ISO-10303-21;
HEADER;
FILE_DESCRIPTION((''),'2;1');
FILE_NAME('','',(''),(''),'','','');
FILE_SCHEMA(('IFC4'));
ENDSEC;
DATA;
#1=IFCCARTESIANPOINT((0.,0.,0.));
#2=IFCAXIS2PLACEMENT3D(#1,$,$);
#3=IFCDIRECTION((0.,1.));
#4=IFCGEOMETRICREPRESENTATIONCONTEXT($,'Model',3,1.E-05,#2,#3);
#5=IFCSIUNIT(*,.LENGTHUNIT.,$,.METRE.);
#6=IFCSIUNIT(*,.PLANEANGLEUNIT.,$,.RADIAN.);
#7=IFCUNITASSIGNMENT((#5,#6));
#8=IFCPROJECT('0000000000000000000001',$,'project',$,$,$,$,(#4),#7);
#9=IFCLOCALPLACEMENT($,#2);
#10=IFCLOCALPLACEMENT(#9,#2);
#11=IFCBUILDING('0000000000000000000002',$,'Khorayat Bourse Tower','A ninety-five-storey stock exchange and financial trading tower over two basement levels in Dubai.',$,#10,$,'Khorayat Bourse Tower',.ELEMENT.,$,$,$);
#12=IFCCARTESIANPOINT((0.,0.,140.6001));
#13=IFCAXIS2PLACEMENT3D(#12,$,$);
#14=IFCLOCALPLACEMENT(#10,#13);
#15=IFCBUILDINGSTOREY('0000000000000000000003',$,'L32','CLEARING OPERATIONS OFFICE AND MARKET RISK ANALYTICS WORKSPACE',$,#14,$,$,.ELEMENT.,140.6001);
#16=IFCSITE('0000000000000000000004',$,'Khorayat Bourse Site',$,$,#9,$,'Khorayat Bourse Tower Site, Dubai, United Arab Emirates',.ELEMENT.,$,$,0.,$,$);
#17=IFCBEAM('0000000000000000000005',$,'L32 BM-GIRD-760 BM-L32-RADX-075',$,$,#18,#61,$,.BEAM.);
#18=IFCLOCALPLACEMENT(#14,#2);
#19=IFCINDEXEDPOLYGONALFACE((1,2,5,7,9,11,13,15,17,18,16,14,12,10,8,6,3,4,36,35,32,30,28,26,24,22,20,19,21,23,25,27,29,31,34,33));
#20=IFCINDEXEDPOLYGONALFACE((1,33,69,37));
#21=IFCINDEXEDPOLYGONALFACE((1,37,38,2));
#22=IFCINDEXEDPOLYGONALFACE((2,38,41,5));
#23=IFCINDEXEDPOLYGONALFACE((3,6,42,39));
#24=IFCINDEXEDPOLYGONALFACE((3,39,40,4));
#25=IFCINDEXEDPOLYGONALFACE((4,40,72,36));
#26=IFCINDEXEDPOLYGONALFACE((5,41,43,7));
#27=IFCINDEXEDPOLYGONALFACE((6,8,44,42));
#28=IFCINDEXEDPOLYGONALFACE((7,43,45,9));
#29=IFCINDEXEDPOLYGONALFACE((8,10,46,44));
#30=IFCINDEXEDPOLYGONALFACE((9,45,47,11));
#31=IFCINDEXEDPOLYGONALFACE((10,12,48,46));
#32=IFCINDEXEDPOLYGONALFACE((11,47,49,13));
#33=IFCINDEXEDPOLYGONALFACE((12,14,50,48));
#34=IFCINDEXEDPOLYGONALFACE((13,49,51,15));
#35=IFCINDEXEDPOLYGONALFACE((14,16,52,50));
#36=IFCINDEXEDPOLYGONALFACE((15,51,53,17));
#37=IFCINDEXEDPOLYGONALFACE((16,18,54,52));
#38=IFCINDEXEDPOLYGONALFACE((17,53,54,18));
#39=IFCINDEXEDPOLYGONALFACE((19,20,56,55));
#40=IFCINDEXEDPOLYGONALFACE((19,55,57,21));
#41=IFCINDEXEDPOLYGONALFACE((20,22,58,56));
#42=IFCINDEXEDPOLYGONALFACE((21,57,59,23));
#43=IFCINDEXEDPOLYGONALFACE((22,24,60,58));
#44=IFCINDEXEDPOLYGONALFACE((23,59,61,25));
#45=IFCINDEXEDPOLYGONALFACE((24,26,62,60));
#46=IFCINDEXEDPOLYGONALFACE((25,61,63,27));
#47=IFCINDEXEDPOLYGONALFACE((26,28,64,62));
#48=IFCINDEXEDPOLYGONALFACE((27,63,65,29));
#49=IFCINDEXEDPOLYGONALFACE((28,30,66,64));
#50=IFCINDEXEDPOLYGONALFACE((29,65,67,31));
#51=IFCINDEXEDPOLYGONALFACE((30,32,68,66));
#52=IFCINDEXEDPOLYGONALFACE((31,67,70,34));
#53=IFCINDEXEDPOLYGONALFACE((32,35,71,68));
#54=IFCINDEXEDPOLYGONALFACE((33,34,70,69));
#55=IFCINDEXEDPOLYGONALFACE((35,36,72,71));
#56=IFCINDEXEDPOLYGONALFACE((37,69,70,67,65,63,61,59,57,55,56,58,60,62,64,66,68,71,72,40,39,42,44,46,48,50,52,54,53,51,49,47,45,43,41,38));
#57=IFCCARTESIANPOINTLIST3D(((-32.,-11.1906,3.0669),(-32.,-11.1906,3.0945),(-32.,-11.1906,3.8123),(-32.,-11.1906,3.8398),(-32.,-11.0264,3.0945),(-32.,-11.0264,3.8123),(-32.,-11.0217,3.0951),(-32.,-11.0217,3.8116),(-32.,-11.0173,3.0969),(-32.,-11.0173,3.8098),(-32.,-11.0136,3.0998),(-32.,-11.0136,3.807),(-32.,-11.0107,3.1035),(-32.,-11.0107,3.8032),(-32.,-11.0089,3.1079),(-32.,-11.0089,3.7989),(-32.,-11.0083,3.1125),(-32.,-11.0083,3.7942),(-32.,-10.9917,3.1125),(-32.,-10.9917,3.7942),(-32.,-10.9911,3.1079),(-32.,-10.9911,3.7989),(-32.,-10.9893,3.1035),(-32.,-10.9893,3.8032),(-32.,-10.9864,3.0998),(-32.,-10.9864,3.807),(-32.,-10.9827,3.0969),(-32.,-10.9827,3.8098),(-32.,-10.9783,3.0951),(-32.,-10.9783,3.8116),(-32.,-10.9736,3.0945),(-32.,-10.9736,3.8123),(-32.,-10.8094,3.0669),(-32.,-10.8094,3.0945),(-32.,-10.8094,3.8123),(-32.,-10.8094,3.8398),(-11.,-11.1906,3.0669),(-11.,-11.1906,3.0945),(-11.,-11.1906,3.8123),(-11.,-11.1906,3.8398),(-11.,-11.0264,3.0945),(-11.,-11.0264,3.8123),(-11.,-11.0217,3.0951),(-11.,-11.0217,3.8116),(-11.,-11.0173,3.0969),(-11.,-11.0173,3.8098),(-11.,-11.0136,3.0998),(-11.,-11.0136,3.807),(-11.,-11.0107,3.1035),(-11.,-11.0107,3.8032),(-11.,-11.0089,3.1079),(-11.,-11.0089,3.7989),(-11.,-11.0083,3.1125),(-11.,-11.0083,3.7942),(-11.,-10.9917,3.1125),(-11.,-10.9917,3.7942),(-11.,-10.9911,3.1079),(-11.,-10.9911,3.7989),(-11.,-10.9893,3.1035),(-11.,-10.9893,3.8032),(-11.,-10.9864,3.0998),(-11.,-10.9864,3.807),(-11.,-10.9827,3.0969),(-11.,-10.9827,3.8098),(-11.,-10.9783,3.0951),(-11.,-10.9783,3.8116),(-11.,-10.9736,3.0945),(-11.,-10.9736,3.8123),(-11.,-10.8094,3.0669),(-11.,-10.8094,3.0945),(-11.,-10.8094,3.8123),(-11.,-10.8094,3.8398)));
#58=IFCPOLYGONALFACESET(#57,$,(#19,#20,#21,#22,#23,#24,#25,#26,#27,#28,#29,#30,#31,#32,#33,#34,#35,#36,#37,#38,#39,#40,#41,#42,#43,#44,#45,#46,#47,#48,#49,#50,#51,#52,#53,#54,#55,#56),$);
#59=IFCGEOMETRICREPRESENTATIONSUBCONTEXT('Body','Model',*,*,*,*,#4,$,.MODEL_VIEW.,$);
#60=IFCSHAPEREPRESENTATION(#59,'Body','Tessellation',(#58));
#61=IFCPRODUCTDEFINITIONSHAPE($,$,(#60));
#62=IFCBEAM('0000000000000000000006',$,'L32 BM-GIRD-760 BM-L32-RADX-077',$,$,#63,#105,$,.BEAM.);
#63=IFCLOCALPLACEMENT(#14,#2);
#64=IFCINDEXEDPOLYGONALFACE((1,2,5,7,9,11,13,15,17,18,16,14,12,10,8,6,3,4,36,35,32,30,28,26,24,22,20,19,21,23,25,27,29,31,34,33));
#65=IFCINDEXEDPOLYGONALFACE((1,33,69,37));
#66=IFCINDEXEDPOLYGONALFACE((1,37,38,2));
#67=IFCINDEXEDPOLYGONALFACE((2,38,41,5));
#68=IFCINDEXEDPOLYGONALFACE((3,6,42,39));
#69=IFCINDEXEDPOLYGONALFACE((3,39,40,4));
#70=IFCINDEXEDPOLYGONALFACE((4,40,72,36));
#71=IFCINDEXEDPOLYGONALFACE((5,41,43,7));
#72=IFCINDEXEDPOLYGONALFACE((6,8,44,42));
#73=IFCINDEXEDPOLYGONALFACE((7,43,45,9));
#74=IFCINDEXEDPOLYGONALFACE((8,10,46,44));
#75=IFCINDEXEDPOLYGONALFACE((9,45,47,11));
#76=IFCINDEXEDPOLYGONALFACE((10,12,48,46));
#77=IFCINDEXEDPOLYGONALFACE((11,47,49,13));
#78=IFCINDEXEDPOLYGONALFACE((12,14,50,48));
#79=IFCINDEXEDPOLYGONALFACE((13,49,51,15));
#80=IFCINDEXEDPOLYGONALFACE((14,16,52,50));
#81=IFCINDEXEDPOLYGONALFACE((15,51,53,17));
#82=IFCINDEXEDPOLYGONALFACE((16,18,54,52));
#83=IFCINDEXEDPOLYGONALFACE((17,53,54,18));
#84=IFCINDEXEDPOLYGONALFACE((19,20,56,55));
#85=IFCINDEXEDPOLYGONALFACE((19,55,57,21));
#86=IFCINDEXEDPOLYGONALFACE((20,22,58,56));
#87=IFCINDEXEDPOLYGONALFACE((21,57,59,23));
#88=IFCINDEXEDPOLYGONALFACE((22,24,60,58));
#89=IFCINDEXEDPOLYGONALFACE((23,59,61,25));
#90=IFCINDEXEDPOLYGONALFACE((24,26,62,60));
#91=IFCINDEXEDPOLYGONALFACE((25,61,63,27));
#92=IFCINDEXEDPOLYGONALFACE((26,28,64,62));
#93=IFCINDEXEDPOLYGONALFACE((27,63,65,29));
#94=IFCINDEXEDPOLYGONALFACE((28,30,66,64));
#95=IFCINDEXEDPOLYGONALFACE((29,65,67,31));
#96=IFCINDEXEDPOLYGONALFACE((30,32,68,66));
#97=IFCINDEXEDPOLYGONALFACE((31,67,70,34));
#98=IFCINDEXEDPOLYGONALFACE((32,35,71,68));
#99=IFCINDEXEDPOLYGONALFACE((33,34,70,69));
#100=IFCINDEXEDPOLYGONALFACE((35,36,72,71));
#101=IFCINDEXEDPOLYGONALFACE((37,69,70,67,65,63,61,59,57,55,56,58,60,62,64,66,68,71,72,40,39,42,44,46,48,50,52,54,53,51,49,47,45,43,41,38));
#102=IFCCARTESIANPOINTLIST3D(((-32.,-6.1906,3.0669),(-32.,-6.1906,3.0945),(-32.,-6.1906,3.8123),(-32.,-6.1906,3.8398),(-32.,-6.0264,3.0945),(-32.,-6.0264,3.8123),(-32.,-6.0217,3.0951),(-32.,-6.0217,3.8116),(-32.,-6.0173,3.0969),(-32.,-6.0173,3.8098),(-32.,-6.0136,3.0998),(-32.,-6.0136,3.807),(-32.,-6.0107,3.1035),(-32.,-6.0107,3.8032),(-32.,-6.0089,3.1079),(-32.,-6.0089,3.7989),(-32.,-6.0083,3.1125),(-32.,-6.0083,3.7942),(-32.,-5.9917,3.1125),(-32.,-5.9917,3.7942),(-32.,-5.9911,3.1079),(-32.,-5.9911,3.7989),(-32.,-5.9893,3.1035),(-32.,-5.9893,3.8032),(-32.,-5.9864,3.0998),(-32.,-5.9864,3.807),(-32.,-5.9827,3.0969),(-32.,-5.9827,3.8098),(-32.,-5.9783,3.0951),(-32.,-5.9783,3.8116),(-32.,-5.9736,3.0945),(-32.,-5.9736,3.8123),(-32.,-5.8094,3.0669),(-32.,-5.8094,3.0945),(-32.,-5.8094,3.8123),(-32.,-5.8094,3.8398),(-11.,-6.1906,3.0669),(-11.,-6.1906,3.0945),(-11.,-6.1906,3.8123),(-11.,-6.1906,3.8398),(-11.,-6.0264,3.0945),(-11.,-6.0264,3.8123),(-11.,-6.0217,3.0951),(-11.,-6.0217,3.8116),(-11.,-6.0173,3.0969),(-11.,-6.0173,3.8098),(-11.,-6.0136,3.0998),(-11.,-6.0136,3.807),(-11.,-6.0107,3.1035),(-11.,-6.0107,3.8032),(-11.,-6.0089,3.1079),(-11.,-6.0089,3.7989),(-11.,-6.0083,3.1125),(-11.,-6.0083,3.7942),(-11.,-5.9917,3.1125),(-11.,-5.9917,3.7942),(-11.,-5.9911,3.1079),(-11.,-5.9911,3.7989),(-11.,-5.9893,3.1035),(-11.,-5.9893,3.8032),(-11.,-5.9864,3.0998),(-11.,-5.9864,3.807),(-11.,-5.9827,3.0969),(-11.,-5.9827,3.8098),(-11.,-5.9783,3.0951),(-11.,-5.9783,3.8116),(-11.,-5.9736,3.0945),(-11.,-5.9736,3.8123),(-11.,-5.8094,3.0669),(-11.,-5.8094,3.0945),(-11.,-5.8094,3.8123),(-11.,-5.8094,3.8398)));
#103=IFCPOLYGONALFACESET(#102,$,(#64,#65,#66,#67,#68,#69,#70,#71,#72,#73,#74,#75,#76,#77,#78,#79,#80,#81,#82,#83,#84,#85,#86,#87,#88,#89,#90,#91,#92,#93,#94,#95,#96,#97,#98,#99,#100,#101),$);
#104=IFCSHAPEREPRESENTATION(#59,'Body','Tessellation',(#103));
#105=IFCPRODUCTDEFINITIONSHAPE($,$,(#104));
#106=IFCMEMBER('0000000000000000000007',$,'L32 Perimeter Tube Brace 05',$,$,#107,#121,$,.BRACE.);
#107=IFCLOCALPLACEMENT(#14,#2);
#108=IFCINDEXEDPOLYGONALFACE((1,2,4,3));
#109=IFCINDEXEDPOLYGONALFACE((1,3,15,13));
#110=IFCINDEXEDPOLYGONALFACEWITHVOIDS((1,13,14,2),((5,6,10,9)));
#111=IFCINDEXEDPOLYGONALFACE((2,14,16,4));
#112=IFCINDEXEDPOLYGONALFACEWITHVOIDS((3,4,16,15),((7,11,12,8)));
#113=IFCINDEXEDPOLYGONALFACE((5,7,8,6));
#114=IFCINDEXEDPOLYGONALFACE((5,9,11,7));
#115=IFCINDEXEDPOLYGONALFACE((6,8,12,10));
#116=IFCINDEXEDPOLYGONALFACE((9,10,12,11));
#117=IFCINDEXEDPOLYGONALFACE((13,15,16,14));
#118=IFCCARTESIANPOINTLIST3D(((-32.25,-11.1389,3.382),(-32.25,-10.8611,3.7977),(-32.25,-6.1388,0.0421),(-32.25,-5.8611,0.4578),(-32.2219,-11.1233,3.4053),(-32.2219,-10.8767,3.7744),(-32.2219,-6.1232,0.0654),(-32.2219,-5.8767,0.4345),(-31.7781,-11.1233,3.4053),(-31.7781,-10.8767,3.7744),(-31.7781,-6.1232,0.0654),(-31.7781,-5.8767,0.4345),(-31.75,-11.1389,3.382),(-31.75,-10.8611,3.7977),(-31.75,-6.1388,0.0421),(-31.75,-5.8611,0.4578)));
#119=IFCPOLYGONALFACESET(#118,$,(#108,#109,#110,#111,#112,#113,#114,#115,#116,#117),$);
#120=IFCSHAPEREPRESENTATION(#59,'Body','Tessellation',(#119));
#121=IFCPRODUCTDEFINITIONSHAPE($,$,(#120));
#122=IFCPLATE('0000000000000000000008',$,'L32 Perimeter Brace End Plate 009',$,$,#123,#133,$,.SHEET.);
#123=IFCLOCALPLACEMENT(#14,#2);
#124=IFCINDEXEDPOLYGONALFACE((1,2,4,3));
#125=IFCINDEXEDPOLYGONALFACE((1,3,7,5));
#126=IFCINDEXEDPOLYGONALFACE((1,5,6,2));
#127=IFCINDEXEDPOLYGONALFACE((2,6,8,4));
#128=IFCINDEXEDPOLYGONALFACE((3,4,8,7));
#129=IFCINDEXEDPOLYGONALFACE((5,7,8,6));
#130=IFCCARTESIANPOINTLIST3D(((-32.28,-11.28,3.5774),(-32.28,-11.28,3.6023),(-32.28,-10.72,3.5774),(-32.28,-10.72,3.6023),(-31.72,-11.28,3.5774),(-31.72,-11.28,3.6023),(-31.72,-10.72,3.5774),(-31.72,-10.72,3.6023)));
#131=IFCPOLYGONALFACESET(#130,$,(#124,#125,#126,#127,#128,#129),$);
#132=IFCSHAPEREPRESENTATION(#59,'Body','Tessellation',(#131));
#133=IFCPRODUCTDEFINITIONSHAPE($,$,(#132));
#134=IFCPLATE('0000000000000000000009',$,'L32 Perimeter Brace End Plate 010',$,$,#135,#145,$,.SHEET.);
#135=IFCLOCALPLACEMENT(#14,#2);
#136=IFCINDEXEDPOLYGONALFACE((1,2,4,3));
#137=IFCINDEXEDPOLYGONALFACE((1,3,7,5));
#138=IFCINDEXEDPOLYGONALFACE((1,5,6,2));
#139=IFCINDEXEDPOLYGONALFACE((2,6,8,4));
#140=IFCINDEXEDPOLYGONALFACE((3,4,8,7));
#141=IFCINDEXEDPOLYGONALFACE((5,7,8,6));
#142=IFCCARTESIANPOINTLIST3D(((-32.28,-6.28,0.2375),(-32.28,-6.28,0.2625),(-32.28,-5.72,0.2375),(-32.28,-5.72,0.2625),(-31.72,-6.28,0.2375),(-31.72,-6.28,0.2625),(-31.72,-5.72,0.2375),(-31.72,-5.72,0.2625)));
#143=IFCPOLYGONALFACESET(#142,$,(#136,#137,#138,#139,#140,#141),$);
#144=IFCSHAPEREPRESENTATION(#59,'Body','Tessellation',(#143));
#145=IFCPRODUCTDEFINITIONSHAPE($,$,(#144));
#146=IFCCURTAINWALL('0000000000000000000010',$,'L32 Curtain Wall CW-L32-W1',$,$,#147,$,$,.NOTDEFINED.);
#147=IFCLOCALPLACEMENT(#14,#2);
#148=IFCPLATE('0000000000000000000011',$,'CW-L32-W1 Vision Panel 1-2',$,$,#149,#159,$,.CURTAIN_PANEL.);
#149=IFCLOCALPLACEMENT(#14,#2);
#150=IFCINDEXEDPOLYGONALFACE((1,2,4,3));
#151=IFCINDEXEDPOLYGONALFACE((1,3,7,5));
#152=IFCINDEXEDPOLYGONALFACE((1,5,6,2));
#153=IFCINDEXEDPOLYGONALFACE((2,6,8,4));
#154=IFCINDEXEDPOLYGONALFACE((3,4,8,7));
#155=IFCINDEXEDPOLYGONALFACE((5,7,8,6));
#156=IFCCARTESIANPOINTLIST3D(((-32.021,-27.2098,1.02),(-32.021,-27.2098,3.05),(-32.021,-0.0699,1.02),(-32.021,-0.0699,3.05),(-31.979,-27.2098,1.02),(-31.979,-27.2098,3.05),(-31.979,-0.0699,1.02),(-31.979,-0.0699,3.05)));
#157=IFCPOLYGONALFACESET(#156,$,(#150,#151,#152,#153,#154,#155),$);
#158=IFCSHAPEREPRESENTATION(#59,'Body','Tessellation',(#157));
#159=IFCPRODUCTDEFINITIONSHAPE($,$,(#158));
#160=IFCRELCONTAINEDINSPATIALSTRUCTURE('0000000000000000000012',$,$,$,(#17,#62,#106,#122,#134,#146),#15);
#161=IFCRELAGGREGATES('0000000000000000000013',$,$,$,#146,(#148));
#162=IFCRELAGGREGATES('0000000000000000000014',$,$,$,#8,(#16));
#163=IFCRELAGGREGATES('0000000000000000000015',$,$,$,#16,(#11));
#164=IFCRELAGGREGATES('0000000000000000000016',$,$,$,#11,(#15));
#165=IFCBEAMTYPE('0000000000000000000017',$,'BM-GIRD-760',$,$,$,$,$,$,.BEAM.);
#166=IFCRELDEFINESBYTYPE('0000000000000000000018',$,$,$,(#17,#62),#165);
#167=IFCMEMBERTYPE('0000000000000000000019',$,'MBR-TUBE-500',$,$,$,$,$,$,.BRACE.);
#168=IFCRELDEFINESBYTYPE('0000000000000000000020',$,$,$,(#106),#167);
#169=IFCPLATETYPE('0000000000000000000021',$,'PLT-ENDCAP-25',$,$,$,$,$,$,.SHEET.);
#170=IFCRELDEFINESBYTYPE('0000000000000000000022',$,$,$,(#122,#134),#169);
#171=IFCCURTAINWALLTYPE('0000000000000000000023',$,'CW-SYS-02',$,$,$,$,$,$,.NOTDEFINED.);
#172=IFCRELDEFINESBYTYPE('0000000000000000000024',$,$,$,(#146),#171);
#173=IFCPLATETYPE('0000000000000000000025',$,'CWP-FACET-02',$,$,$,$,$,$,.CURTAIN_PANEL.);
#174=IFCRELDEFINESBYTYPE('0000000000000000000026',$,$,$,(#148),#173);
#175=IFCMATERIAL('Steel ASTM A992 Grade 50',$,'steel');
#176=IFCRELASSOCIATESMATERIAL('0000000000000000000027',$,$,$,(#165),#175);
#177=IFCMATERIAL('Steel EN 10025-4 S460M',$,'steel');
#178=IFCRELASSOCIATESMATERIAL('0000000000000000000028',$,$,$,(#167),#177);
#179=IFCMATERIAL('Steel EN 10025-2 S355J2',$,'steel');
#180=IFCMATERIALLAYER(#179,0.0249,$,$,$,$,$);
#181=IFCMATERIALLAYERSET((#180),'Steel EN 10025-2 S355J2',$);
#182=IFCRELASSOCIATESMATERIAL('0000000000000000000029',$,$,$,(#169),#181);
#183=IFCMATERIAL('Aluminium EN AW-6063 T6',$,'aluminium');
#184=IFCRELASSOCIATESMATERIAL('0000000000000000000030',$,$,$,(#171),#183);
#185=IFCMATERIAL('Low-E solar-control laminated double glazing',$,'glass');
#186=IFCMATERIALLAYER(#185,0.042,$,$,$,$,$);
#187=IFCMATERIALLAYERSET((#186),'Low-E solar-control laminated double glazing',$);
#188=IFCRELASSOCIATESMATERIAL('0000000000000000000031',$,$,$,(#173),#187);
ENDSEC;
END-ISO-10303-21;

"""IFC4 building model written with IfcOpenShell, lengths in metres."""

from ifc_helpers import new_model, si_unit, direction, frame, origin, origin_2d, place, context, subcontext, project, spatial, rectangle, hollow_rectangle, i_section, extrude, source, transform, mapped, material, layer, layer_set, material_profile, profile_set, type_object, element, aggregate, save


model = new_model("IFC4")

# Units and contexts
model_context = context("Model", 3, precision=1e-05, world=origin(), true_north=direction((0.0, 1.0)))
body_context = subcontext(model_context, "Body", "Model", "MODEL_VIEW")
ifc_project = project(units=[si_unit("LENGTHUNIT", "METRE"), si_unit("PLANEANGLEUNIT", "RADIAN")], contexts=[model_context])

# Site, building, storey
site_placement = place(None, origin())
site = spatial("IfcSite", under=ifc_project, at=site_placement, Name="Khorayat Bourse Site", LongName="Khorayat Bourse Tower Site, Dubai, United Arab Emirates", CompositionType="ELEMENT", RefElevation=0.0)
building_placement = place(site_placement, origin())
building = spatial("IfcBuilding", under=site, at=building_placement, Name="Khorayat Bourse Tower", Description="A ninety-five-storey stock exchange and financial trading tower over two basement levels in Dubai.", LongName="Khorayat Bourse Tower", CompositionType="ELEMENT")
storey_placement = place(building_placement, frame((0.0, 0.0, 140.6001)))
storey = spatial("IfcBuildingStorey", under=building, at=storey_placement, Name="L32", Description="CLEARING OPERATIONS OFFICE AND MARKET RISK ANALYTICS WORKSPACE", CompositionType="ELEMENT", Elevation=140.6001)

# Shared definitions
ifc_material_1 = material(Name="Steel EN 10025-4 S460M", Category="steel")

# Beams
ifc_material_2 = material(Name="Steel ASTM A992 Grade 50", Category="steel")
ifc_material_profile_1 = material_profile(ifc_material_2, i_section(OverallWidth=0.3811, OverallDepth=0.7729, WebThickness=0.0166, FlangeThickness=0.0276, FilletRadius=0.0181, at=origin_2d()), Name="W760X257")
ifc_profile_set_1 = profile_set([ifc_material_profile_1], Name="Steel ASTM A992 Grade 50")
beam_type_1 = type_object("IfcBeamType", Name="BM-GIRD-760", PredefinedType="BEAM", material=ifc_profile_set_1)
shared_shape_1 = source(origin(), body_context, "Body", "SweptSolid", [
    extrude(i_section(OverallWidth=0.3811, OverallDepth=0.7729, WebThickness=0.0166, FlangeThickness=0.0276, FilletRadius=0.0181, at=origin_2d()), origin(), (0.0, 0.0, 1.0), 21.0),
])
for number, where, z_axis, x_axis, name in (
    (1, (-32.0, -11.0, 3.4534), (1.0, 0.0, 0.0), (0.0, 1.0, 0.0), "L32 BM-GIRD-760 BM-L32-RADX-075"),
    (2, (-32.0, -6.0, 3.4534), (1.0, 0.0, 0.0), (0.0, 1.0, 0.0), "L32 BM-GIRD-760 BM-L32-RADX-077"),
):
    element("IfcBeam", number, at=place(storey_placement, frame(where, z_axis=z_axis, x_axis=x_axis)), inside=storey, type_object=beam_type_1, Name=name, PredefinedType="BEAM", context=body_context, shape_type="MappedRepresentation", body=[
        mapped(shared_shape_1, transform((0.0, 0.0, 0.0), scale=1.0)),
    ])

# Member
ifc_material_profile_2 = material_profile(ifc_material_1, hollow_rectangle(XDim=0.5, YDim=0.5, WallThickness=0.0281, at=origin_2d()), Name="HSS 500x500x28")
ifc_profile_set_2 = profile_set([ifc_material_profile_2], Name="Steel EN 10025-4 S460M")
member_type = type_object("IfcMemberType", Name="MBR-TUBE-500", PredefinedType="BRACE", material=ifc_profile_set_2)
shared_shape_2 = source(origin(), body_context, "Body", "SweptSolid", [
    extrude(hollow_rectangle(XDim=0.5, YDim=0.5, WallThickness=0.0281, at=origin_2d()), origin(), (0.0, 0.0, 1.0), 6.0129),
])
member_placement = place(storey_placement, frame((-32.0, -11.0, 3.5898), z_axis=(0.0, 0.83155, -0.55545), x_axis=(-1.0, 0.0, 0.0)))
element("IfcMember", 3, at=member_placement, inside=storey, type_object=member_type, Name="L32 Perimeter Tube Brace 05", PredefinedType="BRACE", context=body_context, shape_type="MappedRepresentation", body=[
    mapped(shared_shape_2, transform((0.0, 0.0, 0.0), scale=1.0)),
])

# Plates
ifc_material_3 = material(Name="Steel EN 10025-2 S355J2", Category="steel")
ifc_layer_1 = layer(ifc_material_3, 0.0249)
ifc_layer_set_1 = layer_set([ifc_layer_1], Name="Steel EN 10025-2 S355J2")
plate_type_1 = type_object("IfcPlateType", Name="PLT-ENDCAP-25", PredefinedType="SHEET", material=ifc_layer_set_1)
shared_shape_3 = source(origin(), body_context, "Body", "SweptSolid", [
    extrude(rectangle(XDim=0.5601, YDim=0.5601, at=origin_2d()), origin(), (0.0, 0.0, 1.0), 0.0249),
])
for number, where, z_axis, x_axis, name in (
    (4, (-32.0, -11.0, 3.5774), (0.0, 0.0, 1.0), (1.0, 0.0, 0.0), "L32 Perimeter Brace End Plate 009"),
    (5, (-32.0, -6.0, 0.2375), (0.0, 0.0, 1.0), (1.0, 0.0, 0.0), "L32 Perimeter Brace End Plate 010"),
):
    element("IfcPlate", number, at=place(storey_placement, frame(where, z_axis=z_axis, x_axis=x_axis)), inside=storey, type_object=plate_type_1, Name=name, PredefinedType="SHEET", context=body_context, shape_type="MappedRepresentation", body=[
        mapped(shared_shape_3, transform((0.0, 0.0, 0.0), scale=1.0)),
    ])

# Curtain wall, plate
ifc_material_4 = material(Name="Aluminium EN AW-6063 T6", Category="aluminium")
curtain_wall_type = type_object("IfcCurtainWallType", Name="CW-SYS-02", PredefinedType="NOTDEFINED", material=ifc_material_4)
curtain_wall_placement = place(storey_placement, origin())
curtain_wall = element("IfcCurtainWall", 6, at=curtain_wall_placement, inside=storey, type_object=curtain_wall_type, Name="L32 Curtain Wall CW-L32-W1", PredefinedType="NOTDEFINED")
ifc_material_5 = material(Name="Low-E solar-control laminated double glazing", Category="glass")
ifc_layer_2 = layer(ifc_material_5, 0.042)
ifc_layer_set_2 = layer_set([ifc_layer_2], Name="Low-E solar-control laminated double glazing")
plate_type_2 = type_object("IfcPlateType", Name="CWP-FACET-02", PredefinedType="CURTAIN_PANEL", material=ifc_layer_set_2)
shared_shape_4 = source(origin(), body_context, "Body", "SweptSolid", [
    extrude(rectangle(XDim=27.1399, YDim=0.042, at=origin_2d()), origin(), (0.0, 0.0, 1.0), 2.03),
])
plate_placement = place(storey_placement, frame((-32.0, -13.6399, 1.02), z_axis=(0.0, 0.0, 1.0), x_axis=(0.0, 1.0, 0.0)))
plate = element("IfcPlate", 7, at=plate_placement, type_object=plate_type_2, Name="CW-L32-W1 Vision Panel 1-2", PredefinedType="CURTAIN_PANEL", context=body_context, shape_type="MappedRepresentation", body=[
    mapped(shared_shape_4, transform((0.0, 0.0, 0.0), scale=1.0)),
])
aggregate(curtain_wall, [plate])

save(model, "model.ifc")
